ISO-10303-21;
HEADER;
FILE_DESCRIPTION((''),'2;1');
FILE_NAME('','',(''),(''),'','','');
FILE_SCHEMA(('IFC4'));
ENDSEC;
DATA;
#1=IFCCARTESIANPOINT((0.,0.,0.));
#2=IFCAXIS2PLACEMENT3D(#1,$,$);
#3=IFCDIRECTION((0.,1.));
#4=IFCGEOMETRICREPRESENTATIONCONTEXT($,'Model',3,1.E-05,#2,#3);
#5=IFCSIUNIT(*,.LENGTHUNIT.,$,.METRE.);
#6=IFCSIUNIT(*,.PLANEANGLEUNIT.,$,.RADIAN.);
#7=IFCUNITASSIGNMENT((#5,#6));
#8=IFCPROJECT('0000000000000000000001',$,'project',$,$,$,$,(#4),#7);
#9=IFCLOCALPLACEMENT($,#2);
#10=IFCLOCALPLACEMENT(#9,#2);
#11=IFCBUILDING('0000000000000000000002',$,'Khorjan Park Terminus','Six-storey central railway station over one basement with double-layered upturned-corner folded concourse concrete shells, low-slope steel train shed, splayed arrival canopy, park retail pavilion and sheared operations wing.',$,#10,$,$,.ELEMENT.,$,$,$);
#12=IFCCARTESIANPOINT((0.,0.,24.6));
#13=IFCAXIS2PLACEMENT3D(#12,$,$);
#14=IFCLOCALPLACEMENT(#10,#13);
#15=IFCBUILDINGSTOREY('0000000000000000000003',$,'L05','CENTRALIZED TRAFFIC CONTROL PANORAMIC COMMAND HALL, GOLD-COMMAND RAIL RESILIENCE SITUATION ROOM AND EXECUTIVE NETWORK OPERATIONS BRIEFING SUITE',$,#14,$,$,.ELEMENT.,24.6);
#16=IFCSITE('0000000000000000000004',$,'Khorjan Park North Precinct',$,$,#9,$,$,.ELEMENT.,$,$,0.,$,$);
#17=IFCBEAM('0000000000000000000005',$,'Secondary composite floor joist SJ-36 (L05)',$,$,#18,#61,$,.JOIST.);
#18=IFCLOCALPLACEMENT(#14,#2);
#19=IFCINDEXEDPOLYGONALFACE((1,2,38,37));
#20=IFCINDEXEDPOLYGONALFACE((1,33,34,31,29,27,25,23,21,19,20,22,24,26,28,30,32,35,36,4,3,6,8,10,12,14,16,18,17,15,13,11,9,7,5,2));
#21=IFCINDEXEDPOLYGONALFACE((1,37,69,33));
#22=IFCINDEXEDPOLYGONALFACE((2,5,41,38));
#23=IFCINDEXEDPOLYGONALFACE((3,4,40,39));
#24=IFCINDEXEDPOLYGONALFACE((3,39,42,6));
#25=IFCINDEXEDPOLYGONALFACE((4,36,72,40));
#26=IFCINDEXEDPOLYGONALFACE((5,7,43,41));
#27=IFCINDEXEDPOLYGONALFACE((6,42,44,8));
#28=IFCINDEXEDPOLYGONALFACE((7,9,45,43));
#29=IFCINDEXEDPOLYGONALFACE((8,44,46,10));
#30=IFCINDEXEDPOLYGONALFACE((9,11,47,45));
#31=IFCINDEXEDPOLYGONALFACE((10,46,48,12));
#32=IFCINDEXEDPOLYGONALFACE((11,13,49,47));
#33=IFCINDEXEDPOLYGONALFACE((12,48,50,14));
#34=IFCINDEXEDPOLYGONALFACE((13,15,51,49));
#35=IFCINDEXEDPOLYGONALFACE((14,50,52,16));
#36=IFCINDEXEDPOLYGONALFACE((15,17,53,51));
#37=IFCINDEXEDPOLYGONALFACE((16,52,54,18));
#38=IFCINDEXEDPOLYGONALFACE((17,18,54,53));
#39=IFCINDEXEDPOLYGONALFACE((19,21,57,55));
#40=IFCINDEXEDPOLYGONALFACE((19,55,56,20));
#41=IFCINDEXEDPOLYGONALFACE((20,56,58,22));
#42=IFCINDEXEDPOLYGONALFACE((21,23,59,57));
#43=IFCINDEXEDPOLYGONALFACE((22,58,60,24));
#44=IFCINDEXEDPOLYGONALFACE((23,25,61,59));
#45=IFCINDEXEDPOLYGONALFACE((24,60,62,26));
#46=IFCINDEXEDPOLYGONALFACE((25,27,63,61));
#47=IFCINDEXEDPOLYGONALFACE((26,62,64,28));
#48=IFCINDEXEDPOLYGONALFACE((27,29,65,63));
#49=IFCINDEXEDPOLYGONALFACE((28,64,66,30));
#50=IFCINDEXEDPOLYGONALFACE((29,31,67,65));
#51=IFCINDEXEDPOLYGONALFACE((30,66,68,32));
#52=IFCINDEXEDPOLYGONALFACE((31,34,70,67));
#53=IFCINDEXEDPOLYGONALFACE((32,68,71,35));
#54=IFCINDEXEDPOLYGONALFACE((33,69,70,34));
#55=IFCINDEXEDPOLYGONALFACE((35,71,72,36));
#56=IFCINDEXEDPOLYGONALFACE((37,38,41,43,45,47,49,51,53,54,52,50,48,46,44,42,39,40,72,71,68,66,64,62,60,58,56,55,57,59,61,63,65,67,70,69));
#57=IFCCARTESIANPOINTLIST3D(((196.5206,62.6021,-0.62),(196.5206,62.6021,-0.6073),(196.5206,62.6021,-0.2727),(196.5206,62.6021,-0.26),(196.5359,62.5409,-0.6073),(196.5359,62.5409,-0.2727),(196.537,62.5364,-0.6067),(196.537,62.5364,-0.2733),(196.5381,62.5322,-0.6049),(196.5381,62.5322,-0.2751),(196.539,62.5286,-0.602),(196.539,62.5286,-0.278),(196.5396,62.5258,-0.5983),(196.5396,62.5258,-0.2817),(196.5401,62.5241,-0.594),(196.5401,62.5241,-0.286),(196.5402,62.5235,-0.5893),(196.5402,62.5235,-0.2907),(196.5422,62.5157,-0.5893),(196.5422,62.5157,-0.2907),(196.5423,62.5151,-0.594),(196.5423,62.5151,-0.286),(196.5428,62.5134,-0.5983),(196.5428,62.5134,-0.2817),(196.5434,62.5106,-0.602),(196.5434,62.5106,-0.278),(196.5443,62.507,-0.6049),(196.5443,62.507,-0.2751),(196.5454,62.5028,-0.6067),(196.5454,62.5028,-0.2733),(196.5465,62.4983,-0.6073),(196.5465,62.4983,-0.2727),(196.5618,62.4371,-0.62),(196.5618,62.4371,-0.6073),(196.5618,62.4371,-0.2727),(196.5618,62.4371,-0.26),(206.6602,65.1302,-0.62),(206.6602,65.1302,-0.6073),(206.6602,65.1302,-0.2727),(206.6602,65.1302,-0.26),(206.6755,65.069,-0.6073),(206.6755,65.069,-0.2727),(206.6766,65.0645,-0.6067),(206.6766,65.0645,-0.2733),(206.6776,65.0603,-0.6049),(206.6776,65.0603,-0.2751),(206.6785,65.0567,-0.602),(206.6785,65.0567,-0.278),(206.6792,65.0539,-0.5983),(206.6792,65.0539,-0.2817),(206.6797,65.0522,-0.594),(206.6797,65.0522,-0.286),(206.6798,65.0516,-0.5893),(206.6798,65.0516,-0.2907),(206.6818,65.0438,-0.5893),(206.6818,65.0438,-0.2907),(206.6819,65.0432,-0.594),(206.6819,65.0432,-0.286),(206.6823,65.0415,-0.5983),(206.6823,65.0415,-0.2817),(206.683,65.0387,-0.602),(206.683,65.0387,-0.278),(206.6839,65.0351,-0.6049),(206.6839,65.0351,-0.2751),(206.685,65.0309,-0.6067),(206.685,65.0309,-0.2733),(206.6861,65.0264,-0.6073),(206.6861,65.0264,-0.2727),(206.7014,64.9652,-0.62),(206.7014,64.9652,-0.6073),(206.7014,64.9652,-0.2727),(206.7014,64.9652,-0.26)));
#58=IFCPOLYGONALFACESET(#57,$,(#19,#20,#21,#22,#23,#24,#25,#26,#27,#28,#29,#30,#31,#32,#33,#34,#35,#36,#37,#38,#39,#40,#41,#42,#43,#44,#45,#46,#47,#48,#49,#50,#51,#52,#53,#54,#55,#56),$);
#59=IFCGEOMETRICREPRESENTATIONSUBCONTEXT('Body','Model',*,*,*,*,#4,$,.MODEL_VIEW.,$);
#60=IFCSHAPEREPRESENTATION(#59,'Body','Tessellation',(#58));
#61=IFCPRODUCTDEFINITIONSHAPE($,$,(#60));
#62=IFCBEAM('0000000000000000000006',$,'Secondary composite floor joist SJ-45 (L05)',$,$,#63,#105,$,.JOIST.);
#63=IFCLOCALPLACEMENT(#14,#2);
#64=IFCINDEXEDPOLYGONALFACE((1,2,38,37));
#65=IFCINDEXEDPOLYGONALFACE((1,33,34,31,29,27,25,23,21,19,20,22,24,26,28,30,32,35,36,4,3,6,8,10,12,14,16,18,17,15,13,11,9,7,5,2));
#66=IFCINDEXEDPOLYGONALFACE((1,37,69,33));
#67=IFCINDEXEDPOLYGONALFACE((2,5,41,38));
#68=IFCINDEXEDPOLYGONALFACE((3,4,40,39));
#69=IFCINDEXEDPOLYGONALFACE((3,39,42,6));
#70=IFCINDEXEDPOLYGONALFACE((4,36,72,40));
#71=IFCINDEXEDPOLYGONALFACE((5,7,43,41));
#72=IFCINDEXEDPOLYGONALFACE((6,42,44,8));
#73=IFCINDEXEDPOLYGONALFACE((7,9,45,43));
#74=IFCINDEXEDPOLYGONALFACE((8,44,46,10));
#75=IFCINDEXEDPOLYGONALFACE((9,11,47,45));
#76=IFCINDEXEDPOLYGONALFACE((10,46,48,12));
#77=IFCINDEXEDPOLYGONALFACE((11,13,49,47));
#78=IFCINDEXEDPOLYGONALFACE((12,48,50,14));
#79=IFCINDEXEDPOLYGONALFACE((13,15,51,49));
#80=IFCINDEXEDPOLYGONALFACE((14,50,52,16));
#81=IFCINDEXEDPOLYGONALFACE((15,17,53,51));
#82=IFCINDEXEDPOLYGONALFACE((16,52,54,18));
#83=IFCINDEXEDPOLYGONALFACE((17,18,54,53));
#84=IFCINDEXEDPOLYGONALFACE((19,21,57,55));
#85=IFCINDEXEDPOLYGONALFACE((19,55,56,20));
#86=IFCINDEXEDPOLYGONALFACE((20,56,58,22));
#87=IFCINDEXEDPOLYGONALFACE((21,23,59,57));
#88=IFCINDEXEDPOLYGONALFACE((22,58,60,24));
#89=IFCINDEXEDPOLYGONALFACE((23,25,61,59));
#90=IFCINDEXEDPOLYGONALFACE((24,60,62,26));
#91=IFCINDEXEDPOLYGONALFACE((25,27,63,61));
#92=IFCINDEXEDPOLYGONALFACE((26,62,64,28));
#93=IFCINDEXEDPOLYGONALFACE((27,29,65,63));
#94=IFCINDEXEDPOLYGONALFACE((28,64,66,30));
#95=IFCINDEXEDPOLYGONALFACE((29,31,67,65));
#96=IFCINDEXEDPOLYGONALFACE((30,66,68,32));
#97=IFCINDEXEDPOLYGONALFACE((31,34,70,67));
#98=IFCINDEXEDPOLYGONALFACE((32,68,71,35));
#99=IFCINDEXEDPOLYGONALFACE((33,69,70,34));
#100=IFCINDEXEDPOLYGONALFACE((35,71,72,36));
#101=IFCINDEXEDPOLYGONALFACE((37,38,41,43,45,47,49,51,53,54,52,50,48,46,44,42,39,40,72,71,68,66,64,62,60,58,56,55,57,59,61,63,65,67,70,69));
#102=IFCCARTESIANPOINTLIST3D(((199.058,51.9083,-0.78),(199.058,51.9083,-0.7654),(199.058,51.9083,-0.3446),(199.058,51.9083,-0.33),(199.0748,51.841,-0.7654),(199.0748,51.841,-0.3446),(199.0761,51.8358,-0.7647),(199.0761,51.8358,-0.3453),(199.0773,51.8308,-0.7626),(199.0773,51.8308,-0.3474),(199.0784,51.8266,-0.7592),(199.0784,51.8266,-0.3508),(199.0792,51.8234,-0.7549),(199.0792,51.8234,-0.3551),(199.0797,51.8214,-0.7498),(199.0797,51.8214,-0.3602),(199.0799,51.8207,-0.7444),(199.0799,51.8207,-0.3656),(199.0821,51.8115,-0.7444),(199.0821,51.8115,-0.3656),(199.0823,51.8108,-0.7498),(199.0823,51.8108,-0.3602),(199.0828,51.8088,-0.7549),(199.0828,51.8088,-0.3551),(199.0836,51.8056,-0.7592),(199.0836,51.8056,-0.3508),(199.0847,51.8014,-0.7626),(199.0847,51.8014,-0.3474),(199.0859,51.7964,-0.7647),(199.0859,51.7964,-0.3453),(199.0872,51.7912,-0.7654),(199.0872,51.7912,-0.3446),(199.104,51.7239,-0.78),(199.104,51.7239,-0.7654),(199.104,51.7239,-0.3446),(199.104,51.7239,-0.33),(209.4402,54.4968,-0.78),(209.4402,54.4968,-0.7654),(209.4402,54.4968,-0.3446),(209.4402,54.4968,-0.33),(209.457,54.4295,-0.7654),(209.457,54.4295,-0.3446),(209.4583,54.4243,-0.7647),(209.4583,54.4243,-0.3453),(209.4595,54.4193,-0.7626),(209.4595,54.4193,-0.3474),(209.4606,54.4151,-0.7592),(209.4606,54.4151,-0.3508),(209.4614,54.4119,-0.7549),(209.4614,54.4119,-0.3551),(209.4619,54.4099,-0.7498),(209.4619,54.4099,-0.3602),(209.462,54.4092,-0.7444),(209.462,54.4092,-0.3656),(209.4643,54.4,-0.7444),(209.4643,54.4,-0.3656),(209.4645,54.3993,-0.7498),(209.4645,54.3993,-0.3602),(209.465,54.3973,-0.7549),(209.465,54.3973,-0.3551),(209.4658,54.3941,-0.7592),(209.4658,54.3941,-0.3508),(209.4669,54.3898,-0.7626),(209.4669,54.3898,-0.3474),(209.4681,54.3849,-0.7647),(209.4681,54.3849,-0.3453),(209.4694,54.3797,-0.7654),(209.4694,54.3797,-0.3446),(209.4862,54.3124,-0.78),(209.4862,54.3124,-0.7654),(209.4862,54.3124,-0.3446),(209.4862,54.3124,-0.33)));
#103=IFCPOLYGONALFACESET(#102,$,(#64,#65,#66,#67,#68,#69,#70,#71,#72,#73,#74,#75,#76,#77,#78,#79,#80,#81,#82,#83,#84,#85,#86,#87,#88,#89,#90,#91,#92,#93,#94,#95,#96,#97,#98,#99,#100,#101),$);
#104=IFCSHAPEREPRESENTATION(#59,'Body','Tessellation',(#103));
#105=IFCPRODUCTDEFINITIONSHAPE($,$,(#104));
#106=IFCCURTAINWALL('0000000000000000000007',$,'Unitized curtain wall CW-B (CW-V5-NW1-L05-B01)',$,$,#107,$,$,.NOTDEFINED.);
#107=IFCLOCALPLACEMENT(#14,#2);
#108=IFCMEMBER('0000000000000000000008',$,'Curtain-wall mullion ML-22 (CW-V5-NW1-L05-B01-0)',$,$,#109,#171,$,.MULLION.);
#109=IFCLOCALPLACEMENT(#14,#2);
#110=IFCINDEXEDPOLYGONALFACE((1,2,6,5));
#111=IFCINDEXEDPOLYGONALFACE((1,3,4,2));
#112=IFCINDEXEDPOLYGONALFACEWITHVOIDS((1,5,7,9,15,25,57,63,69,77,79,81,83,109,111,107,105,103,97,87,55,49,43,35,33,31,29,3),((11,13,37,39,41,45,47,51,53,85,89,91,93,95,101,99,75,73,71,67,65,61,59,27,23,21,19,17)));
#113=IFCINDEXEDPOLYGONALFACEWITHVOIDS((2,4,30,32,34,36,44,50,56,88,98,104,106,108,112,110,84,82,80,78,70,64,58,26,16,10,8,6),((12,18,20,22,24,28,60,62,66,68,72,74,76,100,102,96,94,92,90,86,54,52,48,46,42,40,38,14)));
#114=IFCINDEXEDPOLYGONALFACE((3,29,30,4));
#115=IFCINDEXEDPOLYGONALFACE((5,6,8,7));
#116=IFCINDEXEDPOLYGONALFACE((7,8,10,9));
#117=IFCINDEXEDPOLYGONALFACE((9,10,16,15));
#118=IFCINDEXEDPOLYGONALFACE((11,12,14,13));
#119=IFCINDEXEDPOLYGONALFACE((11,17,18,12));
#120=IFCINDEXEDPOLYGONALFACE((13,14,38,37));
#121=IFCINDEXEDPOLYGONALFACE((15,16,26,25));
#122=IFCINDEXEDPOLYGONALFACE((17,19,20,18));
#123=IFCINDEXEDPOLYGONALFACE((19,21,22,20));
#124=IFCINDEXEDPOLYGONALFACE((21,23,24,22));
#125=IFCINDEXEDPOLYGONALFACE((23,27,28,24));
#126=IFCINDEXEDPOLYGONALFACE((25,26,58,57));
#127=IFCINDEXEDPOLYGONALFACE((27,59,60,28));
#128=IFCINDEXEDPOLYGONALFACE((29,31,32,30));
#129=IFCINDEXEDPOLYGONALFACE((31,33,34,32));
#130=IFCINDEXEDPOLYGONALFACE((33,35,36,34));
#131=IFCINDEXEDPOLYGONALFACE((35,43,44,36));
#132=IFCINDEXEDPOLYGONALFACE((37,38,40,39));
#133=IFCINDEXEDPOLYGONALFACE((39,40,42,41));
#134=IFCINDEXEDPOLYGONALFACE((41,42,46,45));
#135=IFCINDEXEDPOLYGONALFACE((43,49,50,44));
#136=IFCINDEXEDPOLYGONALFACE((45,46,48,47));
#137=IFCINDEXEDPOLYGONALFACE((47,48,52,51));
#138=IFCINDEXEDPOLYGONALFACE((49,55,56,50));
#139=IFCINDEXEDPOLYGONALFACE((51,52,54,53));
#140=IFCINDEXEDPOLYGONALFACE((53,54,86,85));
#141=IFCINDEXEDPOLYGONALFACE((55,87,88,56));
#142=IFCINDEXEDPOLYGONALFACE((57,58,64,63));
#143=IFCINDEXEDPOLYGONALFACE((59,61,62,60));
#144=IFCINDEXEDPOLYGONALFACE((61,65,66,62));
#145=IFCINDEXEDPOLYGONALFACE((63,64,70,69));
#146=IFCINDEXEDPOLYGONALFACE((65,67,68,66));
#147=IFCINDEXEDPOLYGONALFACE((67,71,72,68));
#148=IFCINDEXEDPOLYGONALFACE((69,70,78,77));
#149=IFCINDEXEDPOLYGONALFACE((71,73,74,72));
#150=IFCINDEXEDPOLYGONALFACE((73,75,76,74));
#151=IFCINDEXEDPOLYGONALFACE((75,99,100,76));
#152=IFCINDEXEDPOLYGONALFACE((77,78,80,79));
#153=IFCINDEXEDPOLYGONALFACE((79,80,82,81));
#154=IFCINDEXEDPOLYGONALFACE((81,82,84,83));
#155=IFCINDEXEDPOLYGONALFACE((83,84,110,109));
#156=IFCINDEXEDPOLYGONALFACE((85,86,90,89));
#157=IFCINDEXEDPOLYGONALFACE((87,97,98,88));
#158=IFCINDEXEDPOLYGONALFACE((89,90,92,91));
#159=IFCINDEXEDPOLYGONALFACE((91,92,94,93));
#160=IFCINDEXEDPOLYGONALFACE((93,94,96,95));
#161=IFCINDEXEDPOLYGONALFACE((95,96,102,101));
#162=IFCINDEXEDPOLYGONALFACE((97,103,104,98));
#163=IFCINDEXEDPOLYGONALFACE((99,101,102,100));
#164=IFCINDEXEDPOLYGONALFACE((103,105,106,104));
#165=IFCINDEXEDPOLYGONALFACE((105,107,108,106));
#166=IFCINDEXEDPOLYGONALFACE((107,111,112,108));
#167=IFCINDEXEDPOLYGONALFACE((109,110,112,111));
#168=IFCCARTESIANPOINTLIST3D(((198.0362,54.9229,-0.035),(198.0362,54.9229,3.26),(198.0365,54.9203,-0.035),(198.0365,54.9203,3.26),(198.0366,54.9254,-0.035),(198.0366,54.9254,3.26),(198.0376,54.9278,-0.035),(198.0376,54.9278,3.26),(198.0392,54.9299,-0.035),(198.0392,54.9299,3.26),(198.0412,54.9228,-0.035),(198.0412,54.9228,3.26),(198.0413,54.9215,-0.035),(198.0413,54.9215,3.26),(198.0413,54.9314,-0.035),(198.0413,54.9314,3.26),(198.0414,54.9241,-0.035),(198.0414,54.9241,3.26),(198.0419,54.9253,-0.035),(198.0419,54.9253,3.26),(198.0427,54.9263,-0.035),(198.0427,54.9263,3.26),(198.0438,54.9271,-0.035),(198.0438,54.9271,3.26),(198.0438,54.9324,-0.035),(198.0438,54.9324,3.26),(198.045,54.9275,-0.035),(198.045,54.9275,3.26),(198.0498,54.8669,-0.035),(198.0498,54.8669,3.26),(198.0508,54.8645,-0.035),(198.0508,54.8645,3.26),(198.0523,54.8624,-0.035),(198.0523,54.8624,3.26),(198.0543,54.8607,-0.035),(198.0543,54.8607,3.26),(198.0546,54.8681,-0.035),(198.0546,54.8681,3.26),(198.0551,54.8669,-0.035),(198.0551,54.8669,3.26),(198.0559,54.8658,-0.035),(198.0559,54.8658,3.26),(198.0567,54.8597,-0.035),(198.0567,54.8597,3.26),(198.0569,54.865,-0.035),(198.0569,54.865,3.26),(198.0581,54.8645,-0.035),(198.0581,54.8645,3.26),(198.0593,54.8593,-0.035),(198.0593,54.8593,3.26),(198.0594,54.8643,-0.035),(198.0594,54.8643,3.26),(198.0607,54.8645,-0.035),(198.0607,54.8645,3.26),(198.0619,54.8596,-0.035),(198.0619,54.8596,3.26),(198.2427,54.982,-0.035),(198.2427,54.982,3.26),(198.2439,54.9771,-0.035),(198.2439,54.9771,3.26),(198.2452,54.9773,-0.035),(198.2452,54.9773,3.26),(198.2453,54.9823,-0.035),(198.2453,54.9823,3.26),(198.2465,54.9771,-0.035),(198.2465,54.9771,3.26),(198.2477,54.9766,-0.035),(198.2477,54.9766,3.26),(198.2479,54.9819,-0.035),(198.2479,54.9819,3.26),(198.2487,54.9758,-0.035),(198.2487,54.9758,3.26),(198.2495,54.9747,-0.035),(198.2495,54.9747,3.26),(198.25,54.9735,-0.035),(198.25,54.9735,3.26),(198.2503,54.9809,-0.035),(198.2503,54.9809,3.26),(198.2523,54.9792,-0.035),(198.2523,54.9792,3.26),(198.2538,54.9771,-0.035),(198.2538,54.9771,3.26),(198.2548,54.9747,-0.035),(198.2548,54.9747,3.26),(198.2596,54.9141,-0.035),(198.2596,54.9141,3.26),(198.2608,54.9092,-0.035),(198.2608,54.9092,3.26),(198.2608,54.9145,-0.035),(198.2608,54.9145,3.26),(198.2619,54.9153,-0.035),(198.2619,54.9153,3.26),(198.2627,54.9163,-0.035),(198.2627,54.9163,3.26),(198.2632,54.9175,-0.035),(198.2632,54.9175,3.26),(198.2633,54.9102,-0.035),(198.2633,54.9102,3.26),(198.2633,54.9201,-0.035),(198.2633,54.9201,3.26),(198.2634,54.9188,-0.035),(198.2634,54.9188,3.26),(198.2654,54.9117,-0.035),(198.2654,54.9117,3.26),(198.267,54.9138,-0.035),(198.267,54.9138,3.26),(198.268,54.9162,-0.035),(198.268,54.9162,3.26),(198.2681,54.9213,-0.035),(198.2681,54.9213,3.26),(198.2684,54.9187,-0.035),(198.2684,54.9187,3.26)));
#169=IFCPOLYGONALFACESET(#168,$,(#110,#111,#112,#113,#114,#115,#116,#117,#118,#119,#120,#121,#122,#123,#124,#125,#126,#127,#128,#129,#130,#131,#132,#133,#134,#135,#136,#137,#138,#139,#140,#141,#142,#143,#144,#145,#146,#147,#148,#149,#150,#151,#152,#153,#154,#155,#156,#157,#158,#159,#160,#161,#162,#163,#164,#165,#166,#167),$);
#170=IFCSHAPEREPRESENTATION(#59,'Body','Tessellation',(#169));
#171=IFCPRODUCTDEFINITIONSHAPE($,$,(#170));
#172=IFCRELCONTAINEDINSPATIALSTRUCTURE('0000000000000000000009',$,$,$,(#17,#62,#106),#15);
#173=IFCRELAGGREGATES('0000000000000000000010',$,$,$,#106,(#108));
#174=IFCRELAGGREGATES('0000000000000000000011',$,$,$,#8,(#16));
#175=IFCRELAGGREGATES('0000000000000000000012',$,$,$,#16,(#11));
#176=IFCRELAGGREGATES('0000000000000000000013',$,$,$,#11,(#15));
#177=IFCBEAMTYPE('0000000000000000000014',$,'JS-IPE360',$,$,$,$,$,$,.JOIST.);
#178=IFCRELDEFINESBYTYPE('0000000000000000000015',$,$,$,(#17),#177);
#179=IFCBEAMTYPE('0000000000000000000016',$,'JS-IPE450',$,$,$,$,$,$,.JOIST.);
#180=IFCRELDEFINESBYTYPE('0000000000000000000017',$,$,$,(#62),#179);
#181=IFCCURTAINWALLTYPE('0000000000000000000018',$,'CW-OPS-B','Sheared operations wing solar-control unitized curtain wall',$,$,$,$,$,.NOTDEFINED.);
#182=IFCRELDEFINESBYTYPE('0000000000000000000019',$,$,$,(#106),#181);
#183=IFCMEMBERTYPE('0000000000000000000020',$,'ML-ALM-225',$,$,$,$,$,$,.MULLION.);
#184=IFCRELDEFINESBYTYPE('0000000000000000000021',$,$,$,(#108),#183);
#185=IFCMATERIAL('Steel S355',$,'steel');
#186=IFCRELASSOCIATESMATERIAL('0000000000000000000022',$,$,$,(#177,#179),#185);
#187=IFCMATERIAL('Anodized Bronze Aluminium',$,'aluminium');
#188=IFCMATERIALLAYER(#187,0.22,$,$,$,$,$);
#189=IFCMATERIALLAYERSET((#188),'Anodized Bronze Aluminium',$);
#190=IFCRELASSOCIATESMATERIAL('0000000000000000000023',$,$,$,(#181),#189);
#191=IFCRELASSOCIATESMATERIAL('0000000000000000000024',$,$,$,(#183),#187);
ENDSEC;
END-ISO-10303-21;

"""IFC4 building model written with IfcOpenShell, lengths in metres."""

from ifc_helpers import new_model, si_unit, direction, frame, origin, origin_2d, place, context, subcontext, project, spatial, hollow_rectangle, i_section, extrude, material, layer, layer_set, material_profile, profile_set, type_object, element, aggregate, save


model = new_model("IFC4")

# Units and contexts
model_context = context("Model", 3, precision=1e-05, world=origin(), true_north=direction((0.0, 1.0)))
body_context = subcontext(model_context, "Body", "Model", "MODEL_VIEW")
ifc_project = project(units=[si_unit("LENGTHUNIT", "METRE"), si_unit("PLANEANGLEUNIT", "RADIAN")], contexts=[model_context])

# Site, building, storey
site_placement = place(None, origin())
site = spatial("IfcSite", under=ifc_project, at=site_placement, Name="Khorjan Park North Precinct", CompositionType="ELEMENT", RefElevation=0.0)
building_placement = place(site_placement, origin())
building = spatial("IfcBuilding", under=site, at=building_placement, Name="Khorjan Park Terminus", Description="Six-storey central railway station over one basement with double-layered upturned-corner folded concourse concrete shells, low-slope steel train shed, splayed arrival canopy, park retail pavilion and sheared operations wing.", CompositionType="ELEMENT")
storey_placement = place(building_placement, frame((0.0, 0.0, 24.6)))
storey = spatial("IfcBuildingStorey", under=building, at=storey_placement, Name="L05", Description="CENTRALIZED TRAFFIC CONTROL PANORAMIC COMMAND HALL, GOLD-COMMAND RAIL RESILIENCE SITUATION ROOM AND EXECUTIVE NETWORK OPERATIONS BRIEFING SUITE", CompositionType="ELEMENT", Elevation=24.6)

# Beams
ifc_material_1 = material(Name="Steel S355", Category="steel")
ifc_material_profile_1 = material_profile(ifc_material_1, i_section(OverallWidth=0.17, OverallDepth=0.36, WebThickness=0.008, FlangeThickness=0.0127, FilletRadius=0.018, at=origin_2d()), Name="IPE 360")
ifc_profile_set_1 = profile_set([ifc_material_profile_1], Name="Steel S355")
beam_type_1 = type_object("IfcBeamType", Name="JS-IPE360", PredefinedType="JOIST", material=ifc_profile_set_1)
beam_1_placement = place(storey_placement, frame((196.5412, 62.5196, -0.44), z_axis=(0.970295, 0.241923, 0.0), x_axis=(-0.241923, 0.970295, 0.0)))
element("IfcBeam", 1, at=beam_1_placement, inside=storey, type_object=beam_type_1, Name="Secondary composite floor joist SJ-36 (L05)", PredefinedType="JOIST", context=body_context, shape_type="SweptSolid", body=[
    extrude(i_section(OverallWidth=0.17, OverallDepth=0.36, WebThickness=0.008, FlangeThickness=0.0127, FilletRadius=0.018, at=origin_2d()), origin(), (0.0, 0.0, 1.0), 10.45),
])
ifc_material_profile_2 = material_profile(ifc_material_1, i_section(OverallWidth=0.19, OverallDepth=0.45, WebThickness=0.0094, FlangeThickness=0.0146, FilletRadius=0.021, at=origin_2d()), Name="IPE 450")
ifc_profile_set_2 = profile_set([ifc_material_profile_2], Name="Steel S355")
beam_type_2 = type_object("IfcBeamType", Name="JS-IPE450", PredefinedType="JOIST", material=ifc_profile_set_2)
beam_2_placement = place(storey_placement, frame((199.081, 51.8161, -0.555), z_axis=(0.970297, 0.241915, 0.0), x_axis=(-0.241915, 0.970297, 0.0)))
element("IfcBeam", 2, at=beam_2_placement, inside=storey, type_object=beam_type_2, Name="Secondary composite floor joist SJ-45 (L05)", PredefinedType="JOIST", context=body_context, shape_type="SweptSolid", body=[
    extrude(i_section(OverallWidth=0.19, OverallDepth=0.45, WebThickness=0.0094, FlangeThickness=0.0146, FilletRadius=0.021, at=origin_2d()), origin(), (0.0, 0.0, 1.0), 10.7),
])

# Curtain wall, member
ifc_material_2 = material(Name="Anodized Bronze Aluminium", Category="aluminium")
ifc_layer_1 = layer(ifc_material_2, 0.22)
ifc_layer_set_1 = layer_set([ifc_layer_1], Name="Anodized Bronze Aluminium")
curtain_wall_type = type_object("IfcCurtainWallType", Name="CW-OPS-B", Description="Sheared operations wing solar-control unitized curtain wall", PredefinedType="NOTDEFINED", material=ifc_layer_set_1)
curtain_wall_placement = place(storey_placement, origin())
curtain_wall = element("IfcCurtainWall", 3, at=curtain_wall_placement, inside=storey, type_object=curtain_wall_type, Name="Unitized curtain wall CW-B (CW-V5-NW1-L05-B01)", PredefinedType="NOTDEFINED")
ifc_material_profile_3 = material_profile(ifc_material_2, hollow_rectangle(XDim=0.075, YDim=0.225, WallThickness=0.005, InnerFilletRadius=0.005, OuterFilletRadius=0.01, at=origin_2d()), Name="ALM 75x225x5")
ifc_profile_set_3 = profile_set([ifc_material_profile_3], Name="Anodized Bronze Aluminium")
member_type_1 = type_object("IfcMemberType", Name="ML-ALM-225", PredefinedType="MULLION", material=ifc_profile_set_3)
member_1_placement = place(storey_placement, frame((198.1523, 54.9208, -0.035), z_axis=(0.0, 0.0, 1.0), x_axis=(0.241932, -0.970293, 0.0)))
member_1 = element("IfcMember", 4, at=member_1_placement, type_object=member_type_1, Name="Curtain-wall mullion ML-22 (CW-V5-NW1-L05-B01-0)", PredefinedType="MULLION", context=body_context, shape_type="SweptSolid", body=[
    extrude(hollow_rectangle(XDim=0.075, YDim=0.225, WallThickness=0.005, InnerFilletRadius=0.005, OuterFilletRadius=0.01, at=origin_2d()), origin(), (0.0, 0.0, 1.0), 3.295),
])
aggregate(curtain_wall, [member_1])

save(model, "model.ifc")
